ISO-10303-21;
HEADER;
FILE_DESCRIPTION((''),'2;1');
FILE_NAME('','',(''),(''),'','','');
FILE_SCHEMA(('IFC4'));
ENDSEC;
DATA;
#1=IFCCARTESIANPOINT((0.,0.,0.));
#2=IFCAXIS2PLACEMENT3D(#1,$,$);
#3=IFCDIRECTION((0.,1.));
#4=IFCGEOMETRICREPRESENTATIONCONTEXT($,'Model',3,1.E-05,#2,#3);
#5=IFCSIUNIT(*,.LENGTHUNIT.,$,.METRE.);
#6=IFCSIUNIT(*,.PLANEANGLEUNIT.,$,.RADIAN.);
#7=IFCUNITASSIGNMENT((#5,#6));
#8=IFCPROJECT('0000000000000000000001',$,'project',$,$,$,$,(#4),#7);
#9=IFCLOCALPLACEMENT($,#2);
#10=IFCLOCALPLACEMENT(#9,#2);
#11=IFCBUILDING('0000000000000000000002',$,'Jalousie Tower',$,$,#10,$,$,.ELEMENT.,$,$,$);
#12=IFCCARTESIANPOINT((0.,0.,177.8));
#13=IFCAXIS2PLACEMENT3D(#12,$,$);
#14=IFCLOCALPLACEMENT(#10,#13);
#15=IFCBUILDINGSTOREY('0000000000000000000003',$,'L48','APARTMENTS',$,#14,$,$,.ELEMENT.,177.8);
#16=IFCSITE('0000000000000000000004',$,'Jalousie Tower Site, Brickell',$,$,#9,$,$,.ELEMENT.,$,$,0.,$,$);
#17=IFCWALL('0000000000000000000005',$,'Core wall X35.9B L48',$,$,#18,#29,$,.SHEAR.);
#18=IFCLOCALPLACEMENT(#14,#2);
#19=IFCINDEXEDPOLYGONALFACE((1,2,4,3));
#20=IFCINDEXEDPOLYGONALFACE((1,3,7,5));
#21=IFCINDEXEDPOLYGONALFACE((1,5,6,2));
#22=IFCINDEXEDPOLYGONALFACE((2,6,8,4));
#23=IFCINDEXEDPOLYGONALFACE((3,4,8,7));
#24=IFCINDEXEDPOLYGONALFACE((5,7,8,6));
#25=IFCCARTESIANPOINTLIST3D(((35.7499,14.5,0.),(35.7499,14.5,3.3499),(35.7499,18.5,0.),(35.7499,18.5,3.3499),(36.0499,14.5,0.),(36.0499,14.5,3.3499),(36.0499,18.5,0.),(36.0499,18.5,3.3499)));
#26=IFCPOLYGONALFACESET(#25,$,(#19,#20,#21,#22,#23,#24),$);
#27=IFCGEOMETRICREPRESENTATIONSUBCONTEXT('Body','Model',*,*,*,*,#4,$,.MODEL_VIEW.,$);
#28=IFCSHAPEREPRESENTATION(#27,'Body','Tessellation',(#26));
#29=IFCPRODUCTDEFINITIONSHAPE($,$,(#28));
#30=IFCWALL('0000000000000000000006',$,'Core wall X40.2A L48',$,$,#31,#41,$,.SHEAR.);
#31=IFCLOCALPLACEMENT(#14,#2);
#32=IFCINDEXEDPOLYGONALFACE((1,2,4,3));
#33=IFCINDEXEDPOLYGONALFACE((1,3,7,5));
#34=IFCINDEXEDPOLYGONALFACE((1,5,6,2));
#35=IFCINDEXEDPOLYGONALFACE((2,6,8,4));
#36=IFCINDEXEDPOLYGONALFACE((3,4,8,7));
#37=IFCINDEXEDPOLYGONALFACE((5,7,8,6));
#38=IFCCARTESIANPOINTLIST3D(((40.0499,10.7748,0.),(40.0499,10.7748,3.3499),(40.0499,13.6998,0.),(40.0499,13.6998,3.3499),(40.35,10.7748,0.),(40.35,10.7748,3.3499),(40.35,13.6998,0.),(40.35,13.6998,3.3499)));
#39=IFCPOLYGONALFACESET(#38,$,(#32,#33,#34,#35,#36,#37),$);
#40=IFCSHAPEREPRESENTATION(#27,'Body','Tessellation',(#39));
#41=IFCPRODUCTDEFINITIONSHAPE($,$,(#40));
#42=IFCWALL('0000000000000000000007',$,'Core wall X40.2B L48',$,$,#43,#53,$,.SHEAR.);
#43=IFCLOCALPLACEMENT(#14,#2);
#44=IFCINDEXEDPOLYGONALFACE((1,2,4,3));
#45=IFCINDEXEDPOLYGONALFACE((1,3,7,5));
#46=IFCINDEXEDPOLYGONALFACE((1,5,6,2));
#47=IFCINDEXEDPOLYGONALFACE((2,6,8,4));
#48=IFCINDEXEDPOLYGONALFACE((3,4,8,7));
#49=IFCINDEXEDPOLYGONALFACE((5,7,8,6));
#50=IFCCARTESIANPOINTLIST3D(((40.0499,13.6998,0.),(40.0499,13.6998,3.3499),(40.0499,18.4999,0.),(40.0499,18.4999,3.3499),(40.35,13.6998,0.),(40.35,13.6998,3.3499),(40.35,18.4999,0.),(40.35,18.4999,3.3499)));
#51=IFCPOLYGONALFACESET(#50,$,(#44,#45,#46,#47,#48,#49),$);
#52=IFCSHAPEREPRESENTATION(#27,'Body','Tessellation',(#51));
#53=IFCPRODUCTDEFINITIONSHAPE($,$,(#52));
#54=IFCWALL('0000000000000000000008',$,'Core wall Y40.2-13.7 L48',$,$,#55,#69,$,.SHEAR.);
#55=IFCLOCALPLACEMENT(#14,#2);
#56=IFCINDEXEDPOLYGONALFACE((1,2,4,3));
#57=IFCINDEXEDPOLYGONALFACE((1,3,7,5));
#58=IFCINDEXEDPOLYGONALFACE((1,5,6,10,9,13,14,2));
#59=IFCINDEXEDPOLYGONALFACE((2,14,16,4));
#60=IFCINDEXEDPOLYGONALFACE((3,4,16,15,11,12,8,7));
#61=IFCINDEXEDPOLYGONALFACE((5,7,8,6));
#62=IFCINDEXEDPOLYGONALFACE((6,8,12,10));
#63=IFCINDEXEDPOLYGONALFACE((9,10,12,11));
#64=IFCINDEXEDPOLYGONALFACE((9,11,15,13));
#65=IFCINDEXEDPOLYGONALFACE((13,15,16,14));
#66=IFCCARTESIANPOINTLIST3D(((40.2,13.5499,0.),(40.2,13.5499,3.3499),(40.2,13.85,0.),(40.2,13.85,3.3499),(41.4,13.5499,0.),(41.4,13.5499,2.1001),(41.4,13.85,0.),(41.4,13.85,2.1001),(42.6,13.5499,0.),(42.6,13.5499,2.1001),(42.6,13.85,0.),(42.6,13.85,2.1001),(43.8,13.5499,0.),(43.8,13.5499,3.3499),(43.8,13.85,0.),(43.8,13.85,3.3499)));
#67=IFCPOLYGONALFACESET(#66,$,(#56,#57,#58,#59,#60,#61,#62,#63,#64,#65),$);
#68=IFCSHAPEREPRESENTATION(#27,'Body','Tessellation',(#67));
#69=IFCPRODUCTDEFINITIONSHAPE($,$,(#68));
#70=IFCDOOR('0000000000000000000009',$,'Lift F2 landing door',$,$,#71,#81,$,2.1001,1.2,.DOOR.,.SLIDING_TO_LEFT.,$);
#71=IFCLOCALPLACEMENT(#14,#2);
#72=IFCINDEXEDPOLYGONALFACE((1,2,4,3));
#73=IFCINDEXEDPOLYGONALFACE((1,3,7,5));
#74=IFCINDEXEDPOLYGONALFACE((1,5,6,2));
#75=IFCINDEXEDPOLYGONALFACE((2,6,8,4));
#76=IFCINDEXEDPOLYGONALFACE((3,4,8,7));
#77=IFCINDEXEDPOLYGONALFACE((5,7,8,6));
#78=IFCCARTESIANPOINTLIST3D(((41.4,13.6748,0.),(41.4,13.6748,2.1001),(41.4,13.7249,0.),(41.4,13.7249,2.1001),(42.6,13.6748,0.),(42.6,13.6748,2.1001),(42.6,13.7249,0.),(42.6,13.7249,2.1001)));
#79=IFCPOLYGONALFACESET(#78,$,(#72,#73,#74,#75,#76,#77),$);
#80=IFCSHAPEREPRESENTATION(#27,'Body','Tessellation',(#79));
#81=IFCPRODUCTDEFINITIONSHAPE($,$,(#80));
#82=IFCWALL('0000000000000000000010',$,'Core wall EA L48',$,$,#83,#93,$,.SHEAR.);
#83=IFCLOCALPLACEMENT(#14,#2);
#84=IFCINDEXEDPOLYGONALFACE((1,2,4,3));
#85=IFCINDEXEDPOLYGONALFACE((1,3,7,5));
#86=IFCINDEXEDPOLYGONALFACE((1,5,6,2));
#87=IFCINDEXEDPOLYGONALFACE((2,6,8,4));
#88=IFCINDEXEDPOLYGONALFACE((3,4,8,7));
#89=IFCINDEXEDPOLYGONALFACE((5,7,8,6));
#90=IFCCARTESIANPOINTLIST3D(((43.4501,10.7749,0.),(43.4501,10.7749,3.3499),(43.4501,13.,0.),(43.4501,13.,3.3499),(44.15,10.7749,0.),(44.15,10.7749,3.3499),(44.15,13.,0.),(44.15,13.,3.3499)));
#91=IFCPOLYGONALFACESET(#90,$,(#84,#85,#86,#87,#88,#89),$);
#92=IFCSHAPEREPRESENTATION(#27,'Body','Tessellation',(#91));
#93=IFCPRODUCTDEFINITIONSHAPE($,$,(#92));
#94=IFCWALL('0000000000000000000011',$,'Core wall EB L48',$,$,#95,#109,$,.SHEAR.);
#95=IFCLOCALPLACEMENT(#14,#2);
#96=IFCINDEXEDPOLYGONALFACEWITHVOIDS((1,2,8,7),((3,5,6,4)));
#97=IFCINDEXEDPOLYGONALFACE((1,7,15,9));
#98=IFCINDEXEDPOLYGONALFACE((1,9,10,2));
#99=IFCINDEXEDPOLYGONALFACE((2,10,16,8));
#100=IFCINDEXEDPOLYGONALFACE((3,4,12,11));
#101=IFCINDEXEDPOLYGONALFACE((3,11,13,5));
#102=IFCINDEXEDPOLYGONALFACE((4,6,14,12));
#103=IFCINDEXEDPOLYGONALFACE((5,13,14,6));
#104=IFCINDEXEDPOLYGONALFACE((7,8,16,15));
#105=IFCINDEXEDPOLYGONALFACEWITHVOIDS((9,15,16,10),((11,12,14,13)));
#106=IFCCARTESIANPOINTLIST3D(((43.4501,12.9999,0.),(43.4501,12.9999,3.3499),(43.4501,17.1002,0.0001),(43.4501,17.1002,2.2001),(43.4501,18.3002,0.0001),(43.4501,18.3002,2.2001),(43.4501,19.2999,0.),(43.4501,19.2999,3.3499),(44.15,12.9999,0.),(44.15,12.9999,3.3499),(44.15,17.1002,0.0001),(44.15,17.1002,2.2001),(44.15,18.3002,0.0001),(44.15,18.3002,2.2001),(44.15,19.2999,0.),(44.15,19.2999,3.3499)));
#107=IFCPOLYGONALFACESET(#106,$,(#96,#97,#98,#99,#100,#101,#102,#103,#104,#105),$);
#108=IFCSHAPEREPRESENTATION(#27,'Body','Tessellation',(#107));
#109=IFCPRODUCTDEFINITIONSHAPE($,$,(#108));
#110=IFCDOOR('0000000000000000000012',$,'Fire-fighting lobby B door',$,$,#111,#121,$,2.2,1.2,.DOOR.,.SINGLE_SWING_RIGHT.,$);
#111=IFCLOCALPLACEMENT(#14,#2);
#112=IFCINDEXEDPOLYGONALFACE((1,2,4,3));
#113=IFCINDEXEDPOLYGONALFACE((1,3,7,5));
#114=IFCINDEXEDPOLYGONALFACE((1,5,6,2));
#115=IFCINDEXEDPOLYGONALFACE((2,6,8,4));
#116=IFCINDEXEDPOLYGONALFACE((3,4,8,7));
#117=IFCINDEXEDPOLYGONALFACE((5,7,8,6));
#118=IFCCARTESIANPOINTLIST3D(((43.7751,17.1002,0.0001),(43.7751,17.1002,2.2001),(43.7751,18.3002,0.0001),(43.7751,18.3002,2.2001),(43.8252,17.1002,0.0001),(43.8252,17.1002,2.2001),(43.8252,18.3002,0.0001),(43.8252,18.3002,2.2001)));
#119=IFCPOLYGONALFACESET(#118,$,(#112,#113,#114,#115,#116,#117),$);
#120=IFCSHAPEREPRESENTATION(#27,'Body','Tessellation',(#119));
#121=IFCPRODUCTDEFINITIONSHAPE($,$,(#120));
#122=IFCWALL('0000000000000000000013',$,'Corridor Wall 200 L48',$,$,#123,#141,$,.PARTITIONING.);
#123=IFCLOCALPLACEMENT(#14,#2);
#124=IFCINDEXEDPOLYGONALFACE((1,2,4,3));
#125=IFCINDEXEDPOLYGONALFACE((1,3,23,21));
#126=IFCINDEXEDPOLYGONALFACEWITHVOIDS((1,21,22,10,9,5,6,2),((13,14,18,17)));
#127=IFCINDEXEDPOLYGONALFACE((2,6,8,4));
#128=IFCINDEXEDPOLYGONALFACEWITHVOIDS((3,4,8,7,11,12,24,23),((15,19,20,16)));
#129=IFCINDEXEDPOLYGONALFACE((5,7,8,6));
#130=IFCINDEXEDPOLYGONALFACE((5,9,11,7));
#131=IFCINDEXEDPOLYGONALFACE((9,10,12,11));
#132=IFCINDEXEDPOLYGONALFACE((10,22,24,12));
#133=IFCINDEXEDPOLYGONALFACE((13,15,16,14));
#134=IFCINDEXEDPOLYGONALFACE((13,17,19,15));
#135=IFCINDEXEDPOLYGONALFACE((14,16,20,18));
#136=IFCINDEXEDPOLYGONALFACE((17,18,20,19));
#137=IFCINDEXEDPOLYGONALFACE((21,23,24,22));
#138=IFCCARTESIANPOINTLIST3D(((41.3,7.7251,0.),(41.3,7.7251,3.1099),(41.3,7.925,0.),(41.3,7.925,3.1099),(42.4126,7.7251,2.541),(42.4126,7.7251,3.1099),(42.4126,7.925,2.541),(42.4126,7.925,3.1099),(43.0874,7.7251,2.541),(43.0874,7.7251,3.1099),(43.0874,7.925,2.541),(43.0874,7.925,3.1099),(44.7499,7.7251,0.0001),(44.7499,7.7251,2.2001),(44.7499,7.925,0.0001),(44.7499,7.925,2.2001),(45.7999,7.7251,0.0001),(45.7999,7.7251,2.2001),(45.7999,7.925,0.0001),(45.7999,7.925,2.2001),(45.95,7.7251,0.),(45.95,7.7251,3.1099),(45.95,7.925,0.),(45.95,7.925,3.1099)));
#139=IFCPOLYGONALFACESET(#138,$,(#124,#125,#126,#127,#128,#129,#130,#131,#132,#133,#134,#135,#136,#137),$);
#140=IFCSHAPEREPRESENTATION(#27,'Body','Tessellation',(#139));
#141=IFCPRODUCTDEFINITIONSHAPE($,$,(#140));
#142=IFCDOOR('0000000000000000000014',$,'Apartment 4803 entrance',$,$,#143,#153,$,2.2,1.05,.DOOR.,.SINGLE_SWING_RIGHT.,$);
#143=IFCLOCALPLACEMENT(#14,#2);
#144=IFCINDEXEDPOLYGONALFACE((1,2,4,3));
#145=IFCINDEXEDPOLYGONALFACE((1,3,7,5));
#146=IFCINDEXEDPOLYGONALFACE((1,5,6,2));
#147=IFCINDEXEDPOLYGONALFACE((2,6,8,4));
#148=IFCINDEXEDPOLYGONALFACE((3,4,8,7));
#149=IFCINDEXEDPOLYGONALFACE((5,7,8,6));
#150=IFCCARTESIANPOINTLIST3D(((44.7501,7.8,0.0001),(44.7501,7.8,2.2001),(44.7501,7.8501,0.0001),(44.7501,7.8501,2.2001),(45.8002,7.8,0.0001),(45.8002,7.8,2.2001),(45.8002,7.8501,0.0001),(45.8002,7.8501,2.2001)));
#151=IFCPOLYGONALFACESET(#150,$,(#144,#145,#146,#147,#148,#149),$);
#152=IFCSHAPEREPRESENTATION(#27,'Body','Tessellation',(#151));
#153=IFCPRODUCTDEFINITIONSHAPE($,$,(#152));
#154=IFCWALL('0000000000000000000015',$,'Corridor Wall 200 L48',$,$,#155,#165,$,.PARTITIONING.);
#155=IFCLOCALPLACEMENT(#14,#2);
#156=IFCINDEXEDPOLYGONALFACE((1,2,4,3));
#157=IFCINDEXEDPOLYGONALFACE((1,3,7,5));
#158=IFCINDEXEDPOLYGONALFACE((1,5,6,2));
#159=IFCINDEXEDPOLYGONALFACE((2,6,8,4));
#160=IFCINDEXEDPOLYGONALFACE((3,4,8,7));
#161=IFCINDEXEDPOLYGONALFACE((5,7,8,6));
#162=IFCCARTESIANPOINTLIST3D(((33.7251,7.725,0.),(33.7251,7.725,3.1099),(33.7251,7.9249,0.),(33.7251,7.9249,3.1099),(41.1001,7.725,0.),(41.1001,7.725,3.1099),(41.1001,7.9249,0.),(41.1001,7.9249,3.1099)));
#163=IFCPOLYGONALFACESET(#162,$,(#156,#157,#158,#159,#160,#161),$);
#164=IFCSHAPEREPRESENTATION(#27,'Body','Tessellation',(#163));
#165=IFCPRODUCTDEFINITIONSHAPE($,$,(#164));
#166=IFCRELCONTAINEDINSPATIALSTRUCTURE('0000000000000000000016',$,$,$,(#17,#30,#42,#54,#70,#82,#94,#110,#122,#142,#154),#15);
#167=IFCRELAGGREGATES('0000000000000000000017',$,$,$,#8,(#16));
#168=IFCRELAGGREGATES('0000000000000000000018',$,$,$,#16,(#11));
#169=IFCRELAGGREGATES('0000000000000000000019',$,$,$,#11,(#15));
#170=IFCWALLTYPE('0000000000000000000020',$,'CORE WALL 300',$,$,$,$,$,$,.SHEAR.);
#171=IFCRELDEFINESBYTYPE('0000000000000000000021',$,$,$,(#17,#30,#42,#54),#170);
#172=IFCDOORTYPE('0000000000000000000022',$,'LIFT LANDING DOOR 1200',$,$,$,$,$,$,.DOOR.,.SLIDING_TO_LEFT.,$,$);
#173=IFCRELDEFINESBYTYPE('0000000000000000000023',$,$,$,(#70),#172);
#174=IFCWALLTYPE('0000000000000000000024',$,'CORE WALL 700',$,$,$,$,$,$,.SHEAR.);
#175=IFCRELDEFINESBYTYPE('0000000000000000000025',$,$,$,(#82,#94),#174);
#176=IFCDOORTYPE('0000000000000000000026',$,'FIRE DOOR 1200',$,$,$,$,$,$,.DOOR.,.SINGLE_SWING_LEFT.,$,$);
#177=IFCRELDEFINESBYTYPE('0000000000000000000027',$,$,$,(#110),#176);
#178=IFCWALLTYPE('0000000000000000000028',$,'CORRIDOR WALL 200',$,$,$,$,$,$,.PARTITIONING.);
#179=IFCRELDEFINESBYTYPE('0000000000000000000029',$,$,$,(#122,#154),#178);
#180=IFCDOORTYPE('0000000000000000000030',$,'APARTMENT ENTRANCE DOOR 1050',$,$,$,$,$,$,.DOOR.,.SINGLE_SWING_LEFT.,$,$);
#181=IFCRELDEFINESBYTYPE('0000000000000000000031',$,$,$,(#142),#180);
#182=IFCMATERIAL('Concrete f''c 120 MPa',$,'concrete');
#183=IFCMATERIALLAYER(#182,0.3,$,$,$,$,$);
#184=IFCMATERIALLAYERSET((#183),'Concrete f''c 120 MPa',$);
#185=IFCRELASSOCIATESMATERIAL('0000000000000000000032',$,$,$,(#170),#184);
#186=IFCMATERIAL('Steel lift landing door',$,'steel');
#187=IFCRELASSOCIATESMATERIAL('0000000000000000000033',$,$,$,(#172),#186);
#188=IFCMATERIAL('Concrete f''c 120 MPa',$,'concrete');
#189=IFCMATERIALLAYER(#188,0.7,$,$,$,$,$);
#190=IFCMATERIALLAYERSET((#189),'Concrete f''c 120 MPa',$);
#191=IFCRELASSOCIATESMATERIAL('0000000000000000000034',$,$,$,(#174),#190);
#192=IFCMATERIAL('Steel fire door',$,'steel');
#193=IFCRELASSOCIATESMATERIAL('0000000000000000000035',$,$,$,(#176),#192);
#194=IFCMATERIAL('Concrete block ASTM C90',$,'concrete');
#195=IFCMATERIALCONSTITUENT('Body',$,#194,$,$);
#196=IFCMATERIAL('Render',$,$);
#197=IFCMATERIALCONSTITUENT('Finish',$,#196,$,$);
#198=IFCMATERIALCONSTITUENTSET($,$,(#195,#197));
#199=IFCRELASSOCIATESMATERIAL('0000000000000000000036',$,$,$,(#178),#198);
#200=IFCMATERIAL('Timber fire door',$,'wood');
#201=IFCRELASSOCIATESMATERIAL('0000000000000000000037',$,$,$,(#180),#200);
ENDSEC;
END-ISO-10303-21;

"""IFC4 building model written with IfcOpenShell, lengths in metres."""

from ifc_helpers import new_model, si_unit, direction, frame, frame_2d, origin, place, context, subcontext, project, spatial, polyline, rectangle, outline, extrude, material, layer, layer_set, constituent, constituent_set, type_object, element, fill, save


model = new_model("IFC4")

# Units and contexts
model_context = context("Model", 3, precision=1e-05, world=origin(), true_north=direction((0.0, 1.0)))
body_context = subcontext(model_context, "Body", "Model", "MODEL_VIEW")
ifc_project = project(units=[si_unit("LENGTHUNIT", "METRE"), si_unit("PLANEANGLEUNIT", "RADIAN")], contexts=[model_context])

# Site, building, storey
site_placement = place(None, origin())
site = spatial("IfcSite", under=ifc_project, at=site_placement, Name="Jalousie Tower Site, Brickell", CompositionType="ELEMENT", RefElevation=0.0)
building_placement = place(site_placement, origin())
building = spatial("IfcBuilding", under=site, at=building_placement, Name="Jalousie Tower", CompositionType="ELEMENT")
storey_placement = place(building_placement, frame((0.0, 0.0, 177.8)))
storey = spatial("IfcBuildingStorey", under=building, at=storey_placement, Name="L48", Description="APARTMENTS", CompositionType="ELEMENT", Elevation=177.8)

# Walls
ifc_material_1 = material(Name="Concrete f'c 120 MPa", Category="concrete")
ifc_layer_1 = layer(ifc_material_1, 0.3)
ifc_layer_set_1 = layer_set([ifc_layer_1], Name="Concrete f'c 120 MPa")
wall_type_1 = type_object("IfcWallType", Name="CORE WALL 300", PredefinedType="SHEAR", material=ifc_layer_set_1)
wall_1_placement = place(storey_placement, frame((35.8999, 14.5, 0.0), z_axis=(0.0, 0.0, 1.0), x_axis=(0.0, 1.0, 0.0)))
element("IfcWall", 1, at=wall_1_placement, inside=storey, type_object=wall_type_1, Name="Core wall X35.9B L48", PredefinedType="SHEAR", context=body_context, shape_type="SweptSolid", body=[
    extrude(rectangle(XDim=4.0, YDim=0.3, at=frame_2d((2.0, 0.0))), origin(), (0.0, 0.0, 1.0), 3.3499),
])
wall_2_placement = place(storey_placement, frame((40.2, 10.7749, 0.0), z_axis=(0.0, 0.0, 1.0), x_axis=(0.0, 1.0, 0.0)))
element("IfcWall", 2, at=wall_2_placement, inside=storey, type_object=wall_type_1, Name="Core wall X40.2A L48", PredefinedType="SHEAR", context=body_context, shape_type="SweptSolid", body=[
    extrude(rectangle(XDim=2.925, YDim=0.3, at=frame_2d((1.4624, 0.0))), origin(), (0.0, 0.0, 1.0), 3.3499),
])
wall_3_placement = place(storey_placement, frame((40.2, 13.7, 0.0), z_axis=(0.0, 0.0, 1.0), x_axis=(0.0, 1.0, 0.0)))
element("IfcWall", 3, at=wall_3_placement, inside=storey, type_object=wall_type_1, Name="Core wall X40.2B L48", PredefinedType="SHEAR", context=body_context, shape_type="SweptSolid", body=[
    extrude(rectangle(XDim=4.8, YDim=0.3, at=frame_2d((2.3999, 0.0))), origin(), (0.0, 0.0, 1.0), 3.3499),
])

# Wall, opening, door
wall_4_placement = place(storey_placement, frame((40.2, 13.7, 0.0), z_axis=(0.0, 0.0, 1.0), x_axis=(1.0, 0.0, 0.0)))
wall_4 = element("IfcWall", 4, at=wall_4_placement, inside=storey, type_object=wall_type_1, Name="Core wall Y40.2-13.7 L48", PredefinedType="SHEAR", context=body_context, shape_type="SweptSolid", body=[
    extrude(rectangle(XDim=3.6001, YDim=0.3, at=frame_2d((1.8, 0.0))), origin(), (0.0, 0.0, 1.0), 3.3499),
])
opening_1_placement = place(wall_4_placement, frame((1.2, 0.0, 0.0)))
opening_1 = element("IfcOpeningElement", 5, at=opening_1_placement, cuts=wall_4, PredefinedType="OPENING", context=body_context, shape_type="SweptSolid", body=[
    extrude(rectangle(XDim=1.2, YDim=2.1001, at=frame_2d((0.6001, 1.05))), frame((0.0, 0.1599, 0.0), z_axis=(0.0, -1.0, 0.0), x_axis=(1.0, 0.0, 0.0)), (0.0, 0.0, 1.0), 0.3201),
])
ifc_material_2 = material(Name="Steel lift landing door", Category="steel")
door_type_1 = type_object("IfcDoorType", Name="LIFT LANDING DOOR 1200", OperationType="SLIDING_TO_LEFT", PredefinedType="DOOR", material=ifc_material_2)
door_1_placement = place(opening_1_placement, origin())
door_1 = element("IfcDoor", 6, at=door_1_placement, inside=storey, type_object=door_type_1, Name="Lift F2 landing door", OperationType="SLIDING_TO_LEFT", OverallHeight=2.1001, OverallWidth=1.2, PredefinedType="DOOR", context=body_context, shape_type="SweptSolid", body=[
    extrude(rectangle(XDim=1.2, YDim=2.1001, at=frame_2d((0.6001, 1.05))), frame((0.0, 0.0249, 0.0), z_axis=(0.0, -1.0, 0.0), x_axis=(1.0, 0.0, 0.0)), (0.0, 0.0, 1.0), 0.05),
])
fill(opening_1, door_1)

# Wall
ifc_material_3 = material(Name="Concrete f'c 120 MPa", Category="concrete")
ifc_layer_2 = layer(ifc_material_3, 0.7)
ifc_layer_set_2 = layer_set([ifc_layer_2], Name="Concrete f'c 120 MPa")
wall_type_2 = type_object("IfcWallType", Name="CORE WALL 700", PredefinedType="SHEAR", material=ifc_layer_set_2)
wall_5_placement = place(storey_placement, frame((43.8, 10.7749, 0.0), z_axis=(0.0, 0.0, 1.0), x_axis=(0.0, 1.0, 0.0)))
element("IfcWall", 7, at=wall_5_placement, inside=storey, type_object=wall_type_2, Name="Core wall EA L48", PredefinedType="SHEAR", context=body_context, shape_type="SweptSolid", body=[
    extrude(rectangle(XDim=2.2251, YDim=0.7, at=frame_2d((1.1125, 0.0))), origin(), (0.0, 0.0, 1.0), 3.3499),
])

# Walls, openings, doors
wall_6_placement = place(storey_placement, frame((43.8, 13.0, 0.0), z_axis=(0.0, 0.0, 1.0), x_axis=(0.0, 1.0, 0.0)))
wall_6 = element("IfcWall", 8, at=wall_6_placement, inside=storey, type_object=wall_type_2, Name="Core wall EB L48", PredefinedType="SHEAR", context=body_context, shape_type="SweptSolid", body=[
    extrude(rectangle(XDim=6.3, YDim=0.7, at=frame_2d((3.1499, 0.0))), origin(), (0.0, 0.0, 1.0), 3.3499),
])
opening_2_placement = place(wall_6_placement, frame((4.1001, 0.0, 0.0)))
opening_2 = element("IfcOpeningElement", 9, at=opening_2_placement, cuts=wall_6, PredefinedType="OPENING", context=body_context, shape_type="SweptSolid", body=[
    extrude(rectangle(XDim=1.2, YDim=2.2, at=frame_2d((0.6001, 1.1001))), frame((0.0, 0.3599, 0.0), z_axis=(0.0, -1.0, 0.0), x_axis=(1.0, 0.0, 0.0)), (0.0, 0.0, 1.0), 0.72),
])
ifc_material_4 = material(Name="Steel fire door", Category="steel")
door_type_2 = type_object("IfcDoorType", Name="FIRE DOOR 1200", OperationType="SINGLE_SWING_LEFT", PredefinedType="DOOR", material=ifc_material_4)
door_2_placement = place(opening_2_placement, origin())
door_2 = element("IfcDoor", 10, at=door_2_placement, inside=storey, type_object=door_type_2, Name="Fire-fighting lobby B door", OperationType="SINGLE_SWING_RIGHT", OverallHeight=2.2, OverallWidth=1.2, PredefinedType="DOOR", context=body_context, shape_type="SweptSolid", body=[
    extrude(rectangle(XDim=1.2, YDim=2.2, at=frame_2d((0.6001, 1.1001))), frame((0.0, 0.0249, 0.0), z_axis=(0.0, -1.0, 0.0), x_axis=(1.0, 0.0, 0.0)), (0.0, 0.0, 1.0), 0.05),
])
fill(opening_2, door_2)
ifc_material_5 = material(Name="Concrete block ASTM C90", Category="concrete")
ifc_constituent_1 = constituent(ifc_material_5, Name="Body")
ifc_material_6 = material(Name="Render")
ifc_constituent_2 = constituent(ifc_material_6, Name="Finish")
ifc_constituent_set_1 = constituent_set(constituents=[ifc_constituent_1, ifc_constituent_2])
wall_type_3 = type_object("IfcWallType", Name="CORRIDOR WALL 200", PredefinedType="PARTITIONING", material=ifc_constituent_set_1)
wall_7_placement = place(storey_placement, frame((41.3, 7.825, 0.0), z_axis=(0.0, 0.0, 1.0), x_axis=(1.0, 0.0, 0.0)))
wall_7 = element("IfcWall", 11, at=wall_7_placement, inside=storey, type_object=wall_type_3, Name="Corridor Wall 200 L48", PredefinedType="PARTITIONING", context=body_context, shape_type="SweptSolid", body=[
    extrude(outline(polyline([(0.0, 0.0), (4.6499, 0.0), (4.6499, 3.1099), (1.7874, 3.1099), (1.7874, 2.541), (1.1125, 2.541), (1.1125, 3.1099), (0.0, 3.1099), (0.0, 0.0)])), frame((0.0, 0.1001, 0.0), z_axis=(0.0, -1.0, 0.0), x_axis=(1.0, 0.0, 0.0)), (0.0, 0.0, 1.0), 0.2),
])
opening_3_placement = place(wall_7_placement, frame((3.45, 0.0, 0.0)))
opening_3 = element("IfcOpeningElement", 12, at=opening_3_placement, cuts=wall_7, PredefinedType="OPENING", context=body_context, shape_type="SweptSolid", body=[
    extrude(rectangle(XDim=1.05, YDim=2.2, at=frame_2d((0.5249, 1.1001))), frame((0.0, 0.1099, 0.0), z_axis=(0.0, -1.0, 0.0), x_axis=(1.0, 0.0, 0.0)), (0.0, 0.0, 1.0), 0.22),
])
ifc_material_7 = material(Name="Timber fire door", Category="wood")
door_type_3 = type_object("IfcDoorType", Name="APARTMENT ENTRANCE DOOR 1050", OperationType="SINGLE_SWING_LEFT", PredefinedType="DOOR", material=ifc_material_7)
door_3_placement = place(opening_3_placement, frame((1.05, 0.0, 0.0), z_axis=(0.0, 0.0, 1.0), x_axis=(-1.0, 0.0, 0.0)))
door_3 = element("IfcDoor", 13, at=door_3_placement, inside=storey, type_object=door_type_3, Name="Apartment 4803 entrance", OperationType="SINGLE_SWING_RIGHT", OverallHeight=2.2, OverallWidth=1.05, PredefinedType="DOOR", context=body_context, shape_type="SweptSolid", body=[
    extrude(rectangle(XDim=1.05, YDim=2.2, at=frame_2d((0.5249, 1.1001))), frame((0.0, 0.0249, 0.0), z_axis=(0.0, -1.0, 0.0), x_axis=(1.0, 0.0, 0.0)), (0.0, 0.0, 1.0), 0.05),
])
fill(opening_3, door_3)

# Wall
wall_8_placement = place(storey_placement, frame((33.7251, 7.825, 0.0), z_axis=(0.0, 0.0, 1.0), x_axis=(1.0, 0.0, 0.0)))
element("IfcWall", 14, at=wall_8_placement, inside=storey, type_object=wall_type_3, Name="Corridor Wall 200 L48", PredefinedType="PARTITIONING", context=body_context, shape_type="SweptSolid", body=[
    extrude(rectangle(XDim=7.375, YDim=0.2, at=frame_2d((3.6875, 0.0))), origin(), (0.0, 0.0, 1.0), 3.1099),
])

save(model, "model.ifc")
